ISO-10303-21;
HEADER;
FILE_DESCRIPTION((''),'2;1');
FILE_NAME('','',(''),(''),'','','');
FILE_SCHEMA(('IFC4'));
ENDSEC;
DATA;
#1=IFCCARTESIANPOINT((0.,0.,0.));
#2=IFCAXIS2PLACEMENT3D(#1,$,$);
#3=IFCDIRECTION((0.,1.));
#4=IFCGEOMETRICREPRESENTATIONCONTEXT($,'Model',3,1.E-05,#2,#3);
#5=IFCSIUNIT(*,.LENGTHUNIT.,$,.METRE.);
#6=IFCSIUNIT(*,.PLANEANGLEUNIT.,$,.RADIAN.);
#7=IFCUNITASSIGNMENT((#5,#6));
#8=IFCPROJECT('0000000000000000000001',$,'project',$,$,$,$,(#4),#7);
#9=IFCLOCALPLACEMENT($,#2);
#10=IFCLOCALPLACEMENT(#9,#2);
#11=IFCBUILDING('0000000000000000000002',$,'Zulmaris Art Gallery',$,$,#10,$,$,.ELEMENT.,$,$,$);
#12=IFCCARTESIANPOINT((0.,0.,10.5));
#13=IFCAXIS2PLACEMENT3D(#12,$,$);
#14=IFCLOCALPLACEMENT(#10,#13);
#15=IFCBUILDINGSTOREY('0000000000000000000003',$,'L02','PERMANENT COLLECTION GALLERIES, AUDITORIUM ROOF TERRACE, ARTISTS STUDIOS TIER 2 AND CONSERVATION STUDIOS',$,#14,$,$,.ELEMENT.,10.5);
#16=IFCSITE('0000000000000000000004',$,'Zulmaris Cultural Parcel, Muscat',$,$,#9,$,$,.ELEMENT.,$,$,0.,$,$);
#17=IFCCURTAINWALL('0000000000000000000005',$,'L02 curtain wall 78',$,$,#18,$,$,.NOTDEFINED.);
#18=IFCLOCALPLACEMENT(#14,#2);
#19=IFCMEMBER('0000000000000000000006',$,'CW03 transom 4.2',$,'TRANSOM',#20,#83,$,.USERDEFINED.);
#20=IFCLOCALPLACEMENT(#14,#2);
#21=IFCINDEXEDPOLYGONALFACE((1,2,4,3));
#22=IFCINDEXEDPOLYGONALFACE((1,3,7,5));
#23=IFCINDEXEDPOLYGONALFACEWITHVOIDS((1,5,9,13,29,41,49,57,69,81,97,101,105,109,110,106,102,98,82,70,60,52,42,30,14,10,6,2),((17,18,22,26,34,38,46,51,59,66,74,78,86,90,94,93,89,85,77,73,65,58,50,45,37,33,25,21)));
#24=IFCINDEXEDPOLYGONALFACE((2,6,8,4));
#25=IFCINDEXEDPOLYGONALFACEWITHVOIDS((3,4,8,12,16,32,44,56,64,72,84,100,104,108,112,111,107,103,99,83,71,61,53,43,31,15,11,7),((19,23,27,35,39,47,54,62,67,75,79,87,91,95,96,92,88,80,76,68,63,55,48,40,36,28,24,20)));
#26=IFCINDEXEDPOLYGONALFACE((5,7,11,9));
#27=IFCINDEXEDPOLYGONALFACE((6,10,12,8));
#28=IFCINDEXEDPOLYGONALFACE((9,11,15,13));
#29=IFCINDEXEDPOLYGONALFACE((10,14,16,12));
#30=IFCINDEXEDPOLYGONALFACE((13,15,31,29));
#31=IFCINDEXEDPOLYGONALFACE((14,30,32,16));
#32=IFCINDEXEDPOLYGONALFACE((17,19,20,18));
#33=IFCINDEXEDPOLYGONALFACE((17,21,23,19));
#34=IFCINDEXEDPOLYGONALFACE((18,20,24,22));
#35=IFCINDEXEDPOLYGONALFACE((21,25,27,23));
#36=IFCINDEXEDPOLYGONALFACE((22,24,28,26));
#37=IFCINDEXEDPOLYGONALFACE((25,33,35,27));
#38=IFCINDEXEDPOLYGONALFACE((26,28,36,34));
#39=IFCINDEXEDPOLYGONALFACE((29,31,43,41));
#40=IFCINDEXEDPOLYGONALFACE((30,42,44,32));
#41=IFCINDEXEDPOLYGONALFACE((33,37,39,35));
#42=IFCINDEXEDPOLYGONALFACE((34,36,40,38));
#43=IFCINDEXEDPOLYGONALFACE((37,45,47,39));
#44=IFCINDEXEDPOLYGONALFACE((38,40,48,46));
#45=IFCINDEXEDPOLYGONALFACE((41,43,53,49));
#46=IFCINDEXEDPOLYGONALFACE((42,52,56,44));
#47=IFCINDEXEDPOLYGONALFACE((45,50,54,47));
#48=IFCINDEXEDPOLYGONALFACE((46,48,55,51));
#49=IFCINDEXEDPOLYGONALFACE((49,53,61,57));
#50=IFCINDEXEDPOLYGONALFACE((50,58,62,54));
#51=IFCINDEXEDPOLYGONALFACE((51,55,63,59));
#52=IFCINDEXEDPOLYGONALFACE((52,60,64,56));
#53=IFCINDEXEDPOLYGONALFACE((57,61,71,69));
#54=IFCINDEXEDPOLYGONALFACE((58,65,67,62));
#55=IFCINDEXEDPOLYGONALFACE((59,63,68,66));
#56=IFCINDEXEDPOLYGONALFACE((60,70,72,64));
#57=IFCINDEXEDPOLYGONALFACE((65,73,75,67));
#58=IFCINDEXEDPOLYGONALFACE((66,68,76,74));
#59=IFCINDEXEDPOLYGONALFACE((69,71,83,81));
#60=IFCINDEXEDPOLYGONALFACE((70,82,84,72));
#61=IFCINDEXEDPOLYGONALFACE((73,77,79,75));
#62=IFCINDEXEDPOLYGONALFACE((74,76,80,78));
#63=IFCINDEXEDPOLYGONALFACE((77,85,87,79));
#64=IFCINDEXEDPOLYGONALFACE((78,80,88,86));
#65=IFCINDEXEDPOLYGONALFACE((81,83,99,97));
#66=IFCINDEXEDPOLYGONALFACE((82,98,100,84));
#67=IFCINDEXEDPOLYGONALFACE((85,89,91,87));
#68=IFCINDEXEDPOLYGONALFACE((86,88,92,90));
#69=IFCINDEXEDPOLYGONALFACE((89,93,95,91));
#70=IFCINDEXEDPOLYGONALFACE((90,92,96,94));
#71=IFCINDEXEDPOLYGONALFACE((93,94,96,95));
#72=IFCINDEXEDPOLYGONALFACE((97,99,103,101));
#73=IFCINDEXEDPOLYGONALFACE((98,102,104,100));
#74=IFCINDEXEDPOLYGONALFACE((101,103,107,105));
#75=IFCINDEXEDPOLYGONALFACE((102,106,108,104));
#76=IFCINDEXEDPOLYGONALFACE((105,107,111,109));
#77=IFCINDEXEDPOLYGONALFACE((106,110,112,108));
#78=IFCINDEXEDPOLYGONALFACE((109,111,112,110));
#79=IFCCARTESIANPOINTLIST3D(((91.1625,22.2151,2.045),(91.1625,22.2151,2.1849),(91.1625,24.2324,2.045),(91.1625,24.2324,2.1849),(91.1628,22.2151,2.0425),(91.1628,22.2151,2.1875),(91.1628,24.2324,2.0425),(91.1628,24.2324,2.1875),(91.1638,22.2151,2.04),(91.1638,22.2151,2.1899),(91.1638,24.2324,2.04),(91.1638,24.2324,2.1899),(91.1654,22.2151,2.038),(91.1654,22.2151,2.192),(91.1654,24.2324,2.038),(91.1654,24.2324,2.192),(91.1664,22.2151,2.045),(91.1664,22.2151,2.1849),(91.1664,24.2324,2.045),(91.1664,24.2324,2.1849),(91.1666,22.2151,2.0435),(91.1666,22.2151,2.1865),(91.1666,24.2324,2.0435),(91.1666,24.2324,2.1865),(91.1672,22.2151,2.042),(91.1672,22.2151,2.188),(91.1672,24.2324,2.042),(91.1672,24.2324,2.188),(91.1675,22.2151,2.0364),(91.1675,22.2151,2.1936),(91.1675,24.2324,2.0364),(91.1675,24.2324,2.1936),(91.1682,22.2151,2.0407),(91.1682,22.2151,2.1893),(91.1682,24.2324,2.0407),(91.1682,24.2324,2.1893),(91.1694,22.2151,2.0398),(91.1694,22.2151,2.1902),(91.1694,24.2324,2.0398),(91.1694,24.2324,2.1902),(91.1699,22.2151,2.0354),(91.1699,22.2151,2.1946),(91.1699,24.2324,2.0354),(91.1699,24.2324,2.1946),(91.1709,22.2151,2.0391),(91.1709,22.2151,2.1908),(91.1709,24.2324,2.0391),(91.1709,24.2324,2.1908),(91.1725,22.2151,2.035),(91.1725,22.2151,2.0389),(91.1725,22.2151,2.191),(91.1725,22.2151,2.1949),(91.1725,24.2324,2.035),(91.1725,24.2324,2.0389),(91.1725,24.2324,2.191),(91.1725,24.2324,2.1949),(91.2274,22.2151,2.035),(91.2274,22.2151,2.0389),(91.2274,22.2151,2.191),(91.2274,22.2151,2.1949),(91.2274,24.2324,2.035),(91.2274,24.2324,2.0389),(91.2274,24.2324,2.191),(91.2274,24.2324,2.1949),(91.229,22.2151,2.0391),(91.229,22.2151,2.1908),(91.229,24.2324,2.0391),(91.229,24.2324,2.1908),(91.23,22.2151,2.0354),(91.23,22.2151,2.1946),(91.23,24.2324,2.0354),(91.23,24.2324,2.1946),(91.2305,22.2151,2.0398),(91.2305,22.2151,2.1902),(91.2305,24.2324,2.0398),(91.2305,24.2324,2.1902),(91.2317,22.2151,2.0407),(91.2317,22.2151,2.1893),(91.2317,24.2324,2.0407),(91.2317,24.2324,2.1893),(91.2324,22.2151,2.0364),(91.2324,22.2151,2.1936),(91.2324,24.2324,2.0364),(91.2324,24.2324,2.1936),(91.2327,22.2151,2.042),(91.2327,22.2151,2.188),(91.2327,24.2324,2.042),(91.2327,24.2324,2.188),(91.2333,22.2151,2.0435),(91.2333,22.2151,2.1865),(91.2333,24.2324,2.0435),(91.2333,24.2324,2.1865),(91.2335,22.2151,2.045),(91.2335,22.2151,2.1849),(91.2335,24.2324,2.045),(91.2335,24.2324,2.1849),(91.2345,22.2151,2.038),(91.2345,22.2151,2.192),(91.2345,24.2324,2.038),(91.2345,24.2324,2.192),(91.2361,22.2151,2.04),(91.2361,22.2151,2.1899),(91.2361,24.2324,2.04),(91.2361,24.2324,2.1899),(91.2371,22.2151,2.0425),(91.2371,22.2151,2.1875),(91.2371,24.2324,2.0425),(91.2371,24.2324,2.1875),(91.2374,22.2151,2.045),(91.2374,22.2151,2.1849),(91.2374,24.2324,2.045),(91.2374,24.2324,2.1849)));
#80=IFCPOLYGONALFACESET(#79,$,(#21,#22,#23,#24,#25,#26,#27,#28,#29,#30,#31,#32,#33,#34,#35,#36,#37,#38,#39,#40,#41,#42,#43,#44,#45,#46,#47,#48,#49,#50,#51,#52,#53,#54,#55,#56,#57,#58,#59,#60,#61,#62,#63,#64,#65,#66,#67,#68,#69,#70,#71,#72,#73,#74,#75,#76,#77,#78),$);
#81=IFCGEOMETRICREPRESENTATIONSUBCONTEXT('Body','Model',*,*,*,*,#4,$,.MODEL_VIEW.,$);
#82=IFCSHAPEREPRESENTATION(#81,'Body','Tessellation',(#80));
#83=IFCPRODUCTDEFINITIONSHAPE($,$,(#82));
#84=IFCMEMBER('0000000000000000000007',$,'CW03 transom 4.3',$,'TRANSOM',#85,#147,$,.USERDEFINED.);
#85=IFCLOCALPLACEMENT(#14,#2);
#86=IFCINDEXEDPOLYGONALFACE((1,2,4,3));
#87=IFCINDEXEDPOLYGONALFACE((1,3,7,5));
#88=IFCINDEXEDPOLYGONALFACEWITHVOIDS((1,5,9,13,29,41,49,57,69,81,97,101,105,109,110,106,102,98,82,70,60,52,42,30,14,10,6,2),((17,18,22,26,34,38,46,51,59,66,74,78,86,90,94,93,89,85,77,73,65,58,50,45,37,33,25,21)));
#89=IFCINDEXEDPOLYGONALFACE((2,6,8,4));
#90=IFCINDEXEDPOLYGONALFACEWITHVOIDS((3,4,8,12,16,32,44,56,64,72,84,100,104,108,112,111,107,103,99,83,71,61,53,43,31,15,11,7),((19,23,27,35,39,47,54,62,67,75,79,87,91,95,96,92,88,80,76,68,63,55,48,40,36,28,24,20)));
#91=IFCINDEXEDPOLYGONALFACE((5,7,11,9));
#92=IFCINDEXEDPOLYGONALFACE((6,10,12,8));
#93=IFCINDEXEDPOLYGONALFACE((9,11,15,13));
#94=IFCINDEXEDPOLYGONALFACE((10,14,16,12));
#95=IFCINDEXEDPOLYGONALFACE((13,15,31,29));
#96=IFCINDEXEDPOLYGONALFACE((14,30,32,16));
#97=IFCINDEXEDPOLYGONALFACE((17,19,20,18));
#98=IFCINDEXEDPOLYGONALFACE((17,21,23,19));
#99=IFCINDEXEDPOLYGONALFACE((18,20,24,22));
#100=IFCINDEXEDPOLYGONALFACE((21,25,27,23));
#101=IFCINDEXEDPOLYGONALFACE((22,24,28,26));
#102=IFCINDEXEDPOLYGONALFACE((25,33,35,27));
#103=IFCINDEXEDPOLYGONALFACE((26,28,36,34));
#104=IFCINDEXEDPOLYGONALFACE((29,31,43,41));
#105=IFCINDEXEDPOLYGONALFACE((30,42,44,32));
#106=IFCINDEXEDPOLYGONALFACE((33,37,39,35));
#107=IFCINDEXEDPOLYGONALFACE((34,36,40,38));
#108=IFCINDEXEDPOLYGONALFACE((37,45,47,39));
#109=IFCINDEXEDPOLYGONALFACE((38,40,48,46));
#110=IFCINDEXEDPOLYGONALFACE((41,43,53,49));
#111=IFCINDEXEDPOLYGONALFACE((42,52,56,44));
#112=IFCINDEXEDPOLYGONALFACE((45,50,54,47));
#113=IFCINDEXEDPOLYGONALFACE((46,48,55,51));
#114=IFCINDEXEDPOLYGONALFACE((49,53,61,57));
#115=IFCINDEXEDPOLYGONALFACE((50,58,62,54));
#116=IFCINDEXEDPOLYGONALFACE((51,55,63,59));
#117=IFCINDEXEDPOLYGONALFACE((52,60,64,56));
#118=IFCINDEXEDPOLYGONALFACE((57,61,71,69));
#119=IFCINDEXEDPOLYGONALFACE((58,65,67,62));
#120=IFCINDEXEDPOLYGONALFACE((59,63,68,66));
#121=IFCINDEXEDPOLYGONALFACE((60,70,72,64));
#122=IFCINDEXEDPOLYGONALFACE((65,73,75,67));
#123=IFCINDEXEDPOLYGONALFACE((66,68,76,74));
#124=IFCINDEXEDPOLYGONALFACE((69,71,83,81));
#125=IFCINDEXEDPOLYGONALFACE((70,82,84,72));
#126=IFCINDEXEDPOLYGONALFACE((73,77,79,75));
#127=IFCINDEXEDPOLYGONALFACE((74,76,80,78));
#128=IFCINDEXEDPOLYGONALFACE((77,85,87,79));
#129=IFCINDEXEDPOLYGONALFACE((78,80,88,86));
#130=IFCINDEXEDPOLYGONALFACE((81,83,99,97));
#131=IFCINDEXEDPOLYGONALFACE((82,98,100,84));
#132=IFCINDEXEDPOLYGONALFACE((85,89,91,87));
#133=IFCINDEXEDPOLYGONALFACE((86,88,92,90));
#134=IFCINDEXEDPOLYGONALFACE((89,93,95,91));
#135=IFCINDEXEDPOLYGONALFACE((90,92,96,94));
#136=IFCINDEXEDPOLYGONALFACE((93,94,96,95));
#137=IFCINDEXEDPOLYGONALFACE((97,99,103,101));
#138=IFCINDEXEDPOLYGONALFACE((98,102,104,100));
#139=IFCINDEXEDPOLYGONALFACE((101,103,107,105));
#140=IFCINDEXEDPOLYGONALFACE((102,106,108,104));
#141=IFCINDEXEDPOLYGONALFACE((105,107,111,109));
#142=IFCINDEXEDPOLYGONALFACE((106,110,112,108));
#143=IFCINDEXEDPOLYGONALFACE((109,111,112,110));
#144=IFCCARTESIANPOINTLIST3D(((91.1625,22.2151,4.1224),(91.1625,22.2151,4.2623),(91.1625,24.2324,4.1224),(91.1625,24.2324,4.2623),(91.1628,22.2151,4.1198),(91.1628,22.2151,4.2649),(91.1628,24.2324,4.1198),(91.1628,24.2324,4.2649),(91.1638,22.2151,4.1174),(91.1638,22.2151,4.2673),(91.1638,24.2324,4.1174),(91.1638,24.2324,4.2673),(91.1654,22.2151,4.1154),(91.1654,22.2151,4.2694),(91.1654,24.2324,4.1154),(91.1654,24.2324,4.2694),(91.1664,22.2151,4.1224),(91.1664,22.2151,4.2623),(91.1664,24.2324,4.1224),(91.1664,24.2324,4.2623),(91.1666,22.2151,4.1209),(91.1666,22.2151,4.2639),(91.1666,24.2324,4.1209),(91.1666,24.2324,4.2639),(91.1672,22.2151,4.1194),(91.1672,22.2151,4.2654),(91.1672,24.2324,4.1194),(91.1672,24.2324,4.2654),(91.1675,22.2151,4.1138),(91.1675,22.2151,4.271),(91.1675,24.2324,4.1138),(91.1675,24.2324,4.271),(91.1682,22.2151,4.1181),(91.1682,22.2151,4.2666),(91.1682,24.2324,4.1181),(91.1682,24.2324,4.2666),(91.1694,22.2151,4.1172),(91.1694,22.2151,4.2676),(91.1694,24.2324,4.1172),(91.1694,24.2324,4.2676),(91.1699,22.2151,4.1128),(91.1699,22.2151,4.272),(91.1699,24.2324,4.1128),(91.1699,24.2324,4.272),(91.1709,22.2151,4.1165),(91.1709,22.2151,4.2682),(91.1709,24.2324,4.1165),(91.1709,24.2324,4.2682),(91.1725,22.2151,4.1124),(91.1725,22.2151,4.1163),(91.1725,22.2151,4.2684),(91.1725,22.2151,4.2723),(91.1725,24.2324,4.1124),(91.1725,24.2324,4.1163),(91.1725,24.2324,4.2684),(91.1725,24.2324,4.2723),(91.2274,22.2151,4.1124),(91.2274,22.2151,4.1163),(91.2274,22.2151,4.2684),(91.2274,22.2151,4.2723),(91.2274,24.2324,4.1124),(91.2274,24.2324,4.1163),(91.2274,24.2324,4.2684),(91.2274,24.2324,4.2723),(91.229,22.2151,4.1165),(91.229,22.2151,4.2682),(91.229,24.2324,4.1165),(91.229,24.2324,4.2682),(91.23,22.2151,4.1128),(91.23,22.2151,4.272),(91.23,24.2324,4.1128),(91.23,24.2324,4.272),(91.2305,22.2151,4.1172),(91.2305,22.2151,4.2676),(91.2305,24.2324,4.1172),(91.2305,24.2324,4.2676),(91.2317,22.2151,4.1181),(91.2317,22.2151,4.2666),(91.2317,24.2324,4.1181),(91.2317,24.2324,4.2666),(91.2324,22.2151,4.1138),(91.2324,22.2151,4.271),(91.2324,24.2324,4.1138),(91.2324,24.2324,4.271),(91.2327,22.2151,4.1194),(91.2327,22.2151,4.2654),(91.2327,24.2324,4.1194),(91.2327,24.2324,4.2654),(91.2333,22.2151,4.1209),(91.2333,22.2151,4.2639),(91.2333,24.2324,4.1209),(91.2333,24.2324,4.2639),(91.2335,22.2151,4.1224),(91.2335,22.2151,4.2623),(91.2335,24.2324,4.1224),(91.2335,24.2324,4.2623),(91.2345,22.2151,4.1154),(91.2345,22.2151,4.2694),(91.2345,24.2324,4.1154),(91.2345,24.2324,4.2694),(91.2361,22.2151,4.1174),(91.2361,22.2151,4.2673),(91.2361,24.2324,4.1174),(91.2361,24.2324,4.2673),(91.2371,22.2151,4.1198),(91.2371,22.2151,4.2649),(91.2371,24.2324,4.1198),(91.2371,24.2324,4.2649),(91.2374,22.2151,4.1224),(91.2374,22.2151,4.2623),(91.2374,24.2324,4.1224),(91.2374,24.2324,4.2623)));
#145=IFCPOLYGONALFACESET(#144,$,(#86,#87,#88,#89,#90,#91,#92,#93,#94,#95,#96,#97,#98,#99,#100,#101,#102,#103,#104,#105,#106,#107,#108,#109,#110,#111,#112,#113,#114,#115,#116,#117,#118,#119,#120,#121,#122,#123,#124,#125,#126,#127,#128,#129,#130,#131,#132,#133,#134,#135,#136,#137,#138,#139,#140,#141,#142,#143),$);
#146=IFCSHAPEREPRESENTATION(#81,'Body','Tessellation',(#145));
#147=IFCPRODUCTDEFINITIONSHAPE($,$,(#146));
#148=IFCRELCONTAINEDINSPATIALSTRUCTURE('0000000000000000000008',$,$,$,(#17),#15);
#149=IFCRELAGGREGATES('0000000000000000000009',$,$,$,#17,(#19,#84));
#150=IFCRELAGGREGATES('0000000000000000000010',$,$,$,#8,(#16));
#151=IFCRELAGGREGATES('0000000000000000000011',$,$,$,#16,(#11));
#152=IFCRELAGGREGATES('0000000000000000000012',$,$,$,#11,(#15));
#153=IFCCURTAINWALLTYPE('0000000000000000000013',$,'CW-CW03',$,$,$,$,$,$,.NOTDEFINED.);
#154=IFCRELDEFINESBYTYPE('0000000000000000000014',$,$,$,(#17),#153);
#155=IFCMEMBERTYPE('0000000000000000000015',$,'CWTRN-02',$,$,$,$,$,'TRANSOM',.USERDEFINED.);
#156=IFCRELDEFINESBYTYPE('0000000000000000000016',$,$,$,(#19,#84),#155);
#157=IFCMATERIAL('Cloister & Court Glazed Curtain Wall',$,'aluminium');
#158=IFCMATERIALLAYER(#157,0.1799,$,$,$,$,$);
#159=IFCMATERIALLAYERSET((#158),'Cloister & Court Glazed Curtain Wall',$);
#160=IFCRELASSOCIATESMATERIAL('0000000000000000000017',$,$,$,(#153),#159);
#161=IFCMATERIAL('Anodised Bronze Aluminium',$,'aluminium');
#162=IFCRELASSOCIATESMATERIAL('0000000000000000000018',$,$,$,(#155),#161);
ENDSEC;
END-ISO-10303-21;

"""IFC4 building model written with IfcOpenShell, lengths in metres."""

from ifc_helpers import new_model, si_unit, direction, frame, origin, origin_2d, place, context, subcontext, project, spatial, hollow_rectangle, extrude, material, layer, layer_set, material_profile, profile_set, type_object, element, aggregate, save


model = new_model("IFC4")

# Units and contexts
model_context = context("Model", 3, precision=1e-05, world=origin(), true_north=direction((0.0, 1.0)))
body_context = subcontext(model_context, "Body", "Model", "MODEL_VIEW")
ifc_project = project(units=[si_unit("LENGTHUNIT", "METRE"), si_unit("PLANEANGLEUNIT", "RADIAN")], contexts=[model_context])

# Site, building, storey
site_placement = place(None, origin())
site = spatial("IfcSite", under=ifc_project, at=site_placement, Name="Zulmaris Cultural Parcel, Muscat", CompositionType="ELEMENT", RefElevation=0.0)
building_placement = place(site_placement, origin())
building = spatial("IfcBuilding", under=site, at=building_placement, Name="Zulmaris Art Gallery", CompositionType="ELEMENT")
storey_placement = place(building_placement, frame((0.0, 0.0, 10.5)))
storey = spatial("IfcBuildingStorey", under=building, at=storey_placement, Name="L02", Description="PERMANENT COLLECTION GALLERIES, AUDITORIUM ROOF TERRACE, ARTISTS STUDIOS TIER 2 AND CONSERVATION STUDIOS", CompositionType="ELEMENT", Elevation=10.5)

# Curtain wall, members
ifc_material_1 = material(Name="Cloister & Court Glazed Curtain Wall", Category="aluminium")
ifc_layer_1 = layer(ifc_material_1, 0.1799)
ifc_layer_set_1 = layer_set([ifc_layer_1], Name="Cloister & Court Glazed Curtain Wall")
curtain_wall_type = type_object("IfcCurtainWallType", Name="CW-CW03", PredefinedType="NOTDEFINED", material=ifc_layer_set_1)
curtain_wall_1_placement = place(storey_placement, origin())
curtain_wall_1 = element("IfcCurtainWall", 1, at=curtain_wall_1_placement, inside=storey, type_object=curtain_wall_type, Name="L02 curtain wall 78", PredefinedType="NOTDEFINED")
ifc_material_2 = material(Name="Anodised Bronze Aluminium", Category="aluminium")
ifc_material_profile_1 = material_profile(ifc_material_2, hollow_rectangle(XDim=0.075, YDim=0.1599, WallThickness=0.0039, InnerFilletRadius=0.0061, OuterFilletRadius=0.01, at=origin_2d()), Name="ALU 75x160x4")
ifc_profile_set_1 = profile_set([ifc_material_profile_1], Name="Anodised Bronze Aluminium")
member_type_1 = type_object("IfcMemberType", Name="CWTRN-02", ElementType="TRANSOM", PredefinedType="USERDEFINED", material=ifc_profile_set_1)
member_1_placement = place(storey_placement, frame((91.2, 24.2324, 2.115), z_axis=(0.0, -1.0, 0.0), x_axis=(1.0, 0.0, 0.0)))
member_1 = element("IfcMember", 2, at=member_1_placement, type_object=member_type_1, Name="CW03 transom 4.2", ObjectType="TRANSOM", PredefinedType="USERDEFINED", context=body_context, shape_type="SweptSolid", body=[
    extrude(hollow_rectangle(XDim=0.075, YDim=0.1599, WallThickness=0.0039, InnerFilletRadius=0.0061, OuterFilletRadius=0.01, at=origin_2d()), origin(), (0.0, 0.0, 1.0), 2.0173),
])
member_2_placement = place(storey_placement, frame((91.2, 24.2324, 4.1924), z_axis=(0.0, -1.0, 0.0), x_axis=(1.0, 0.0, 0.0)))
member_2 = element("IfcMember", 3, at=member_2_placement, type_object=member_type_1, Name="CW03 transom 4.3", ObjectType="TRANSOM", PredefinedType="USERDEFINED", context=body_context, shape_type="SweptSolid", body=[
    extrude(hollow_rectangle(XDim=0.075, YDim=0.1599, WallThickness=0.0039, InnerFilletRadius=0.0061, OuterFilletRadius=0.01, at=origin_2d()), origin(), (0.0, 0.0, 1.0), 2.0173),
])

aggregate(curtain_wall_1, [member_1, member_2])

save(model, "model.ifc")
